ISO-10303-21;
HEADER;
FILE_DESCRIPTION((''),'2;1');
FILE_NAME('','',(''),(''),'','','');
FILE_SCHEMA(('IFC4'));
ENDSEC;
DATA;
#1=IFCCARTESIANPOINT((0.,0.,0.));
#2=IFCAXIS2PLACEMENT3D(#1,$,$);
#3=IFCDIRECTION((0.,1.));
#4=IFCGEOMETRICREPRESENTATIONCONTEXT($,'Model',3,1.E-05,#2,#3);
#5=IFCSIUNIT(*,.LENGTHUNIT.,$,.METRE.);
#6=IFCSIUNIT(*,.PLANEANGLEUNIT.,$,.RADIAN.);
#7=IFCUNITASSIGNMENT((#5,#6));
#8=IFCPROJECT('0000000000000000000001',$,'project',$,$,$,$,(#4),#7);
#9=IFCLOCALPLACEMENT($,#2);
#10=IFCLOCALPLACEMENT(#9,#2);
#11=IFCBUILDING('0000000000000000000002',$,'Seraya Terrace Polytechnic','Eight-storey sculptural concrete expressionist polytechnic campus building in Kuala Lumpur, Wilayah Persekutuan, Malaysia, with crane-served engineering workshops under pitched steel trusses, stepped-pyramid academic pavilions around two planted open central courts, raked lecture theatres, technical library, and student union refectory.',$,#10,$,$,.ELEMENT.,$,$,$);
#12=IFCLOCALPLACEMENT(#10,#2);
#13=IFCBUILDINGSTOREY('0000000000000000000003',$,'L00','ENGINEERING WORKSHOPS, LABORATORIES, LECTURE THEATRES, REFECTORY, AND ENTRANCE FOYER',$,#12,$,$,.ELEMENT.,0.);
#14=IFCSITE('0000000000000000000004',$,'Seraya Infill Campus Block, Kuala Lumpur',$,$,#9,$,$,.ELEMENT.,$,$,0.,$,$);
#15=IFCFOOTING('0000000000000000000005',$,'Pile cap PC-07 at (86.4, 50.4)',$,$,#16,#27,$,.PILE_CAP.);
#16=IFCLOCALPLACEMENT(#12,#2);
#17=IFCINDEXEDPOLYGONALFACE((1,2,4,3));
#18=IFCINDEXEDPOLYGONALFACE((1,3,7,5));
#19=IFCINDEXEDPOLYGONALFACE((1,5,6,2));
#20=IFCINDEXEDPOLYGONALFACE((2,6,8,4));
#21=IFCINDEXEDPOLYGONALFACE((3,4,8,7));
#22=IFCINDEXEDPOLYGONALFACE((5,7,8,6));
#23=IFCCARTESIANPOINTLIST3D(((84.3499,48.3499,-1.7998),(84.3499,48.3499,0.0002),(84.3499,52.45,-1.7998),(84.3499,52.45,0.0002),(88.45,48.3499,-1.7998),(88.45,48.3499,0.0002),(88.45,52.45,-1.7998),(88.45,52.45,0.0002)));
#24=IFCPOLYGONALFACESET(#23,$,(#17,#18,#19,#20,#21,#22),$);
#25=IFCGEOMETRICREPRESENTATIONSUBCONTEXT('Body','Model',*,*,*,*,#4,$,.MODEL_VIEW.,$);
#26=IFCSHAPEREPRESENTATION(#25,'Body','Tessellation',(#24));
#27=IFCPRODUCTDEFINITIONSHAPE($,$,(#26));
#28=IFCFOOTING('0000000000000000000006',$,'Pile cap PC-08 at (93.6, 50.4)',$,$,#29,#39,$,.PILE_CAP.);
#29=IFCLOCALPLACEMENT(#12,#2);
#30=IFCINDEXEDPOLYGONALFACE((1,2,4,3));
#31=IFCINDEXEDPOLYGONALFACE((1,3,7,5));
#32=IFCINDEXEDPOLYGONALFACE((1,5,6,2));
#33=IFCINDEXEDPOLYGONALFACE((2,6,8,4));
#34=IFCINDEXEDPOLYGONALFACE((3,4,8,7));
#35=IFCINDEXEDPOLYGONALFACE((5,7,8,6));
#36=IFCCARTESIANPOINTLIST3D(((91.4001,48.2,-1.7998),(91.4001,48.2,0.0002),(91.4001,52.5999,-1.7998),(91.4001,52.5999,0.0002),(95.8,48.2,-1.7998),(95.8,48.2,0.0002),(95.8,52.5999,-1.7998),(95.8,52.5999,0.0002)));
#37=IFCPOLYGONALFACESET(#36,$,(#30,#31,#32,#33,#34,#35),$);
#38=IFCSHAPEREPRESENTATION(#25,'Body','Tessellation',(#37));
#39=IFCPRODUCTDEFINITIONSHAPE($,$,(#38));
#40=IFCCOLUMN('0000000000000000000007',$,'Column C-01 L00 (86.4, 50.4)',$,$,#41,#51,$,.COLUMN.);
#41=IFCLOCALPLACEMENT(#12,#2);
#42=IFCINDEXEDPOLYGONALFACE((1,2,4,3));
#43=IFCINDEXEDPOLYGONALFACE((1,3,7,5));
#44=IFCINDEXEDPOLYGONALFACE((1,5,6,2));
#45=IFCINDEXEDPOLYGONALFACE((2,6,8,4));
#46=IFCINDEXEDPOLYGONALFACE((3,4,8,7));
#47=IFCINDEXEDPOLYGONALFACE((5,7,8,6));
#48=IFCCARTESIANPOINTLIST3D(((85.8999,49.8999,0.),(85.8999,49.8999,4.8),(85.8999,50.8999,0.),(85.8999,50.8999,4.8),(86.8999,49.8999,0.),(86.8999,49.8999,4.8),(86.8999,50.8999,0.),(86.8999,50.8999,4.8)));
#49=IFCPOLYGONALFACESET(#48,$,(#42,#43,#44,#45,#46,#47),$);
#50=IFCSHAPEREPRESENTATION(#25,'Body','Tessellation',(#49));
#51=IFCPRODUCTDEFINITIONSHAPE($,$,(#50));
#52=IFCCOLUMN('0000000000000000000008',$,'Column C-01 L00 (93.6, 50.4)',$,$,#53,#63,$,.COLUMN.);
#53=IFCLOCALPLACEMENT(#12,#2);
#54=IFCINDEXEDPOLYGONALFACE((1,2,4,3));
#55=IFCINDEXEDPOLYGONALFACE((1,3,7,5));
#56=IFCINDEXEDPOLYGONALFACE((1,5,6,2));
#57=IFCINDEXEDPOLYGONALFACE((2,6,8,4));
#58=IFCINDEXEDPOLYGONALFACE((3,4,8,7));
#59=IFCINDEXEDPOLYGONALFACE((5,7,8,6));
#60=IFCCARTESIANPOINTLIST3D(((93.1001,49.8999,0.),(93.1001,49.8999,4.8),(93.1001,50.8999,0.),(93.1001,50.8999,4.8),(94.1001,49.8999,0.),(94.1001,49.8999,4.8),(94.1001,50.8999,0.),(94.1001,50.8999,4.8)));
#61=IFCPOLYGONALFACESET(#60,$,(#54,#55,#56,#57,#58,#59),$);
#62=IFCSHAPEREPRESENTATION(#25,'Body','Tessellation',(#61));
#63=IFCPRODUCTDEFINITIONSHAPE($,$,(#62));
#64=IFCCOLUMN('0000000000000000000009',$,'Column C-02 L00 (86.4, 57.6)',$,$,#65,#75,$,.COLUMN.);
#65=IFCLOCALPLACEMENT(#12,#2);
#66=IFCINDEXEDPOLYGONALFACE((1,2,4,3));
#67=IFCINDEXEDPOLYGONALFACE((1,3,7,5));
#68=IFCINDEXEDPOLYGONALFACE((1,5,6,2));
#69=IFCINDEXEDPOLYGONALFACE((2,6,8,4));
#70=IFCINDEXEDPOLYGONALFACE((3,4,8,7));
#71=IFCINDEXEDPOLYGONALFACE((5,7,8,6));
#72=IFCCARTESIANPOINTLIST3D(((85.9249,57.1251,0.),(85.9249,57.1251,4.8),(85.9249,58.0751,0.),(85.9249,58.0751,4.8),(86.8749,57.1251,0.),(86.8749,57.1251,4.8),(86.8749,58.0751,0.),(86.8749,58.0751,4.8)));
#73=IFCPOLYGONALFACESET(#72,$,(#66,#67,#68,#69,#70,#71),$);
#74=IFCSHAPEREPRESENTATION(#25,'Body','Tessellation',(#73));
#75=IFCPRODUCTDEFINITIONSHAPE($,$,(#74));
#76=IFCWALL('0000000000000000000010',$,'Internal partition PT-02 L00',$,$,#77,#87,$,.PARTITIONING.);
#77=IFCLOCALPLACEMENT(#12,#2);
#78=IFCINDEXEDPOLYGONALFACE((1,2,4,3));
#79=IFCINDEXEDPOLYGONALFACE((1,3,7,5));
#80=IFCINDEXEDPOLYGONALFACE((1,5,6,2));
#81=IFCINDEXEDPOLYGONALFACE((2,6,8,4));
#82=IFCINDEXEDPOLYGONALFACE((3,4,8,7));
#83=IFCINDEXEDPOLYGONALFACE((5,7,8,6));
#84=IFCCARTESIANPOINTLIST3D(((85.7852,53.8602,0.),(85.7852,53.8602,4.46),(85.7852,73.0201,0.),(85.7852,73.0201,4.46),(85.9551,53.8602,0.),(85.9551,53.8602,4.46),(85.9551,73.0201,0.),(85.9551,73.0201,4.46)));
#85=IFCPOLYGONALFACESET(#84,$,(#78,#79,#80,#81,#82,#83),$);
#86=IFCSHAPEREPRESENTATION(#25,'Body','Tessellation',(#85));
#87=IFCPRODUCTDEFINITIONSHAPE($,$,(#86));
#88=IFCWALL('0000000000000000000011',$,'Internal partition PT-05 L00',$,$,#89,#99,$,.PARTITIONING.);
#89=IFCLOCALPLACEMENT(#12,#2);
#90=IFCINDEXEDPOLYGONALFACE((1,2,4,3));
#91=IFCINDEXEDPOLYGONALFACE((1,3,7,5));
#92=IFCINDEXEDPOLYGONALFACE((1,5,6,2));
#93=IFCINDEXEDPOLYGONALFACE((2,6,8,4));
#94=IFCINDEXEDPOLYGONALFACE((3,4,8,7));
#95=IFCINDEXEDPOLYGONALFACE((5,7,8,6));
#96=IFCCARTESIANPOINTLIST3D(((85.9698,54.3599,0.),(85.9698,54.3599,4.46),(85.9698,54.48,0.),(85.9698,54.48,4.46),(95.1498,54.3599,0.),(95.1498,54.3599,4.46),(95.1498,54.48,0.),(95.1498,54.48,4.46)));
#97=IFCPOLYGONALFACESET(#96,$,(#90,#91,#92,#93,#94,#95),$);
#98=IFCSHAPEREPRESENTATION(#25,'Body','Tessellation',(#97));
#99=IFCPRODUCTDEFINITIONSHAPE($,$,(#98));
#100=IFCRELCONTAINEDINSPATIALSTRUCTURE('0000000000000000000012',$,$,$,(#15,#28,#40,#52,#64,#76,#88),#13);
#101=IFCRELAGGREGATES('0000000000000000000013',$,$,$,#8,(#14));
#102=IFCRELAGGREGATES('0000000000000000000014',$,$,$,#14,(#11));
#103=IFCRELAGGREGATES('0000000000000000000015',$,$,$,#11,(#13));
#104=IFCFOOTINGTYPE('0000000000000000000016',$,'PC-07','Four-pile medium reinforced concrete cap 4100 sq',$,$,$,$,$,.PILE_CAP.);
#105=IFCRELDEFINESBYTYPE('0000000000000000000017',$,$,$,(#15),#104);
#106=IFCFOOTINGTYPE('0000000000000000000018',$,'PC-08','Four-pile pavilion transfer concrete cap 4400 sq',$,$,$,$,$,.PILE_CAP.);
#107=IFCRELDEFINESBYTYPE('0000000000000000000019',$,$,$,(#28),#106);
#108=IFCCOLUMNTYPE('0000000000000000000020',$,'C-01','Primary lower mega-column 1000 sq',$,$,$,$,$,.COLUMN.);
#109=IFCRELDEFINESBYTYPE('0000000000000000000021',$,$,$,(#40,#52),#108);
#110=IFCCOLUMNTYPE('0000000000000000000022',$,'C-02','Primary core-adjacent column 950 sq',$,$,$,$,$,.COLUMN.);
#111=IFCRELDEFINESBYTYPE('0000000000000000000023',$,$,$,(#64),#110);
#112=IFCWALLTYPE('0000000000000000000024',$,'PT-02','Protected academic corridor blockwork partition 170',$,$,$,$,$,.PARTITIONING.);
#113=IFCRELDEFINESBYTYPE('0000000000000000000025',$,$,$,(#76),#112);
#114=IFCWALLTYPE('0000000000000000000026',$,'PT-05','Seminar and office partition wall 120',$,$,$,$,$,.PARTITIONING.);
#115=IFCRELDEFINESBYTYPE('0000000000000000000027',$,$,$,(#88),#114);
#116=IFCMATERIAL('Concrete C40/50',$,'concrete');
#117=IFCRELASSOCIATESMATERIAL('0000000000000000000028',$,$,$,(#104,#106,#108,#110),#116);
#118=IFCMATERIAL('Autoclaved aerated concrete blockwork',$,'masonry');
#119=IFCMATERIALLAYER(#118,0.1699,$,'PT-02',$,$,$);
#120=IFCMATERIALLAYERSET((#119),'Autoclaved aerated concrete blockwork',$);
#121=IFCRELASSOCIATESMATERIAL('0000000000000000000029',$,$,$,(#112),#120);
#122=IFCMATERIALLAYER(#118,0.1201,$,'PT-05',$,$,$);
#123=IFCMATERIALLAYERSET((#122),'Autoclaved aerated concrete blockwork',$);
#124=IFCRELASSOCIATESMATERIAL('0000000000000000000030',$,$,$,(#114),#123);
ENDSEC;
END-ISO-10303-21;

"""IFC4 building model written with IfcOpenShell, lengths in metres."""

from ifc_helpers import new_model, si_unit, direction, frame, frame_2d, origin, origin_2d, place, context, subcontext, project, spatial, rectangle, extrude, material, layer, layer_set, material_profile, profile_set, type_object, element, save


model = new_model("IFC4")

# Units and contexts
model_context = context("Model", 3, precision=1e-05, world=origin(), true_north=direction((0.0, 1.0)))
body_context = subcontext(model_context, "Body", "Model", "MODEL_VIEW")
ifc_project = project(units=[si_unit("LENGTHUNIT", "METRE"), si_unit("PLANEANGLEUNIT", "RADIAN")], contexts=[model_context])

# Site, building, storey
site_placement = place(None, origin())
site = spatial("IfcSite", under=ifc_project, at=site_placement, Name="Seraya Infill Campus Block, Kuala Lumpur", CompositionType="ELEMENT", RefElevation=0.0)
building_placement = place(site_placement, origin())
building = spatial("IfcBuilding", under=site, at=building_placement, Name="Seraya Terrace Polytechnic", Description="Eight-storey sculptural concrete expressionist polytechnic campus building in Kuala Lumpur, Wilayah Persekutuan, Malaysia, with crane-served engineering workshops under pitched steel trusses, stepped-pyramid academic pavilions around two planted open central courts, raked lecture theatres, technical library, and student union refectory.", CompositionType="ELEMENT")
storey_placement = place(building_placement, origin())
storey = spatial("IfcBuildingStorey", under=building, at=storey_placement, Name="L00", Description="ENGINEERING WORKSHOPS, LABORATORIES, LECTURE THEATRES, REFECTORY, AND ENTRANCE FOYER", CompositionType="ELEMENT", Elevation=0.0)

# Shared definitions
ifc_material_1 = material(Name="Concrete C40/50", Category="concrete")

# Footings
footing_type_1 = type_object("IfcFootingType", Name="PC-07", Description="Four-pile medium reinforced concrete cap 4100 sq", PredefinedType="PILE_CAP", material=ifc_material_1)
footing_1_placement = place(storey_placement, frame((86.3999, 50.3999, -1.7998), z_axis=(0.0, 0.0, 1.0), x_axis=(1.0, 0.0, 0.0)))
element("IfcFooting", 1, at=footing_1_placement, inside=storey, type_object=footing_type_1, Name="Pile cap PC-07 at (86.4, 50.4)", PredefinedType="PILE_CAP", context=body_context, shape_type="SweptSolid", body=[
    extrude(rectangle(XDim=4.1001, YDim=4.1001, at=origin_2d()), origin(), (0.0, 0.0, 1.0), 1.8),
])
footing_type_2 = type_object("IfcFootingType", Name="PC-08", Description="Four-pile pavilion transfer concrete cap 4400 sq", PredefinedType="PILE_CAP", material=ifc_material_1)
footing_2_placement = place(storey_placement, frame((93.6001, 50.3999, -1.7998), z_axis=(0.0, 0.0, 1.0), x_axis=(1.0, 0.0, 0.0)))
element("IfcFooting", 2, at=footing_2_placement, inside=storey, type_object=footing_type_2, Name="Pile cap PC-08 at (93.6, 50.4)", PredefinedType="PILE_CAP", context=body_context, shape_type="SweptSolid", body=[
    extrude(rectangle(XDim=4.3999, YDim=4.3999, at=origin_2d()), origin(), (0.0, 0.0, 1.0), 1.8),
])

# Columns
ifc_material_profile_1 = material_profile(ifc_material_1, rectangle(XDim=1.0, YDim=1.0, at=origin_2d()), Name="RC 1000x1000")
ifc_profile_set_1 = profile_set([ifc_material_profile_1], Name="Concrete C40/50")
column_type_1 = type_object("IfcColumnType", Name="C-01", Description="Primary lower mega-column 1000 sq", PredefinedType="COLUMN", material=ifc_profile_set_1)
for number, where, z_axis, x_axis, name in (
    (3, (86.3999, 50.3999, 0.0), (0.0, 0.0, 1.0), (1.0, 0.0, 0.0), "Column C-01 L00 (86.4, 50.4)"),
    (4, (93.6001, 50.3999, 0.0), (0.0, 0.0, 1.0), (1.0, 0.0, 0.0), "Column C-01 L00 (93.6, 50.4)"),
):
    element("IfcColumn", number, at=place(storey_placement, frame(where, z_axis=z_axis, x_axis=x_axis)), inside=storey, type_object=column_type_1, Name=name, PredefinedType="COLUMN", context=body_context, shape_type="SweptSolid", body=[
        extrude(rectangle(XDim=1.0, YDim=1.0, at=origin_2d()), origin(), (0.0, 0.0, 1.0), 4.8),
    ])
ifc_material_profile_2 = material_profile(ifc_material_1, rectangle(XDim=0.95, YDim=0.95, at=origin_2d()), Name="RC 950x950")
ifc_profile_set_2 = profile_set([ifc_material_profile_2], Name="Concrete C40/50")
column_type_2 = type_object("IfcColumnType", Name="C-02", Description="Primary core-adjacent column 950 sq", PredefinedType="COLUMN", material=ifc_profile_set_2)
column_placement = place(storey_placement, frame((86.3999, 57.6001, 0.0), z_axis=(0.0, 0.0, 1.0), x_axis=(1.0, 0.0, 0.0)))
element("IfcColumn", 5, at=column_placement, inside=storey, type_object=column_type_2, Name="Column C-02 L00 (86.4, 57.6)", PredefinedType="COLUMN", context=body_context, shape_type="SweptSolid", body=[
    extrude(rectangle(XDim=0.95, YDim=0.95, at=origin_2d()), origin(), (0.0, 0.0, 1.0), 4.8),
])

# Walls
ifc_material_2 = material(Name="Autoclaved aerated concrete blockwork", Category="masonry")
ifc_layer_1 = layer(ifc_material_2, 0.1699, Name="PT-02")
ifc_layer_set_1 = layer_set([ifc_layer_1], Name="Autoclaved aerated concrete blockwork")
wall_type_1 = type_object("IfcWallType", Name="PT-02", Description="Protected academic corridor blockwork partition 170", PredefinedType="PARTITIONING", material=ifc_layer_set_1)
wall_1_placement = place(storey_placement, frame((85.8701, 53.8601, 0.0), z_axis=(0.0, 0.0, 1.0), x_axis=(0.0, 1.0, 0.0)))
element("IfcWall", 6, at=wall_1_placement, inside=storey, type_object=wall_type_1, Name="Internal partition PT-02 L00", PredefinedType="PARTITIONING", context=body_context, shape_type="SweptSolid", body=[
    extrude(rectangle(XDim=19.1599, YDim=0.1699, at=frame_2d((9.5801, 0.0))), origin(), (0.0, 0.0, 1.0), 4.46),
])
ifc_layer_2 = layer(ifc_material_2, 0.1201, Name="PT-05")
ifc_layer_set_2 = layer_set([ifc_layer_2], Name="Autoclaved aerated concrete blockwork")
wall_type_2 = type_object("IfcWallType", Name="PT-05", Description="Seminar and office partition wall 120", PredefinedType="PARTITIONING", material=ifc_layer_set_2)
wall_2_placement = place(storey_placement, frame((85.97, 54.4199, 0.0), z_axis=(0.0, 0.0, 1.0), x_axis=(1.0, 0.0, 0.0)))
element("IfcWall", 7, at=wall_2_placement, inside=storey, type_object=wall_type_2, Name="Internal partition PT-05 L00", PredefinedType="PARTITIONING", context=body_context, shape_type="SweptSolid", body=[
    extrude(rectangle(XDim=9.1799, YDim=0.1201, at=frame_2d((4.5898, 0.0))), origin(), (0.0, 0.0, 1.0), 4.46),
])

save(model, "model.ifc")
